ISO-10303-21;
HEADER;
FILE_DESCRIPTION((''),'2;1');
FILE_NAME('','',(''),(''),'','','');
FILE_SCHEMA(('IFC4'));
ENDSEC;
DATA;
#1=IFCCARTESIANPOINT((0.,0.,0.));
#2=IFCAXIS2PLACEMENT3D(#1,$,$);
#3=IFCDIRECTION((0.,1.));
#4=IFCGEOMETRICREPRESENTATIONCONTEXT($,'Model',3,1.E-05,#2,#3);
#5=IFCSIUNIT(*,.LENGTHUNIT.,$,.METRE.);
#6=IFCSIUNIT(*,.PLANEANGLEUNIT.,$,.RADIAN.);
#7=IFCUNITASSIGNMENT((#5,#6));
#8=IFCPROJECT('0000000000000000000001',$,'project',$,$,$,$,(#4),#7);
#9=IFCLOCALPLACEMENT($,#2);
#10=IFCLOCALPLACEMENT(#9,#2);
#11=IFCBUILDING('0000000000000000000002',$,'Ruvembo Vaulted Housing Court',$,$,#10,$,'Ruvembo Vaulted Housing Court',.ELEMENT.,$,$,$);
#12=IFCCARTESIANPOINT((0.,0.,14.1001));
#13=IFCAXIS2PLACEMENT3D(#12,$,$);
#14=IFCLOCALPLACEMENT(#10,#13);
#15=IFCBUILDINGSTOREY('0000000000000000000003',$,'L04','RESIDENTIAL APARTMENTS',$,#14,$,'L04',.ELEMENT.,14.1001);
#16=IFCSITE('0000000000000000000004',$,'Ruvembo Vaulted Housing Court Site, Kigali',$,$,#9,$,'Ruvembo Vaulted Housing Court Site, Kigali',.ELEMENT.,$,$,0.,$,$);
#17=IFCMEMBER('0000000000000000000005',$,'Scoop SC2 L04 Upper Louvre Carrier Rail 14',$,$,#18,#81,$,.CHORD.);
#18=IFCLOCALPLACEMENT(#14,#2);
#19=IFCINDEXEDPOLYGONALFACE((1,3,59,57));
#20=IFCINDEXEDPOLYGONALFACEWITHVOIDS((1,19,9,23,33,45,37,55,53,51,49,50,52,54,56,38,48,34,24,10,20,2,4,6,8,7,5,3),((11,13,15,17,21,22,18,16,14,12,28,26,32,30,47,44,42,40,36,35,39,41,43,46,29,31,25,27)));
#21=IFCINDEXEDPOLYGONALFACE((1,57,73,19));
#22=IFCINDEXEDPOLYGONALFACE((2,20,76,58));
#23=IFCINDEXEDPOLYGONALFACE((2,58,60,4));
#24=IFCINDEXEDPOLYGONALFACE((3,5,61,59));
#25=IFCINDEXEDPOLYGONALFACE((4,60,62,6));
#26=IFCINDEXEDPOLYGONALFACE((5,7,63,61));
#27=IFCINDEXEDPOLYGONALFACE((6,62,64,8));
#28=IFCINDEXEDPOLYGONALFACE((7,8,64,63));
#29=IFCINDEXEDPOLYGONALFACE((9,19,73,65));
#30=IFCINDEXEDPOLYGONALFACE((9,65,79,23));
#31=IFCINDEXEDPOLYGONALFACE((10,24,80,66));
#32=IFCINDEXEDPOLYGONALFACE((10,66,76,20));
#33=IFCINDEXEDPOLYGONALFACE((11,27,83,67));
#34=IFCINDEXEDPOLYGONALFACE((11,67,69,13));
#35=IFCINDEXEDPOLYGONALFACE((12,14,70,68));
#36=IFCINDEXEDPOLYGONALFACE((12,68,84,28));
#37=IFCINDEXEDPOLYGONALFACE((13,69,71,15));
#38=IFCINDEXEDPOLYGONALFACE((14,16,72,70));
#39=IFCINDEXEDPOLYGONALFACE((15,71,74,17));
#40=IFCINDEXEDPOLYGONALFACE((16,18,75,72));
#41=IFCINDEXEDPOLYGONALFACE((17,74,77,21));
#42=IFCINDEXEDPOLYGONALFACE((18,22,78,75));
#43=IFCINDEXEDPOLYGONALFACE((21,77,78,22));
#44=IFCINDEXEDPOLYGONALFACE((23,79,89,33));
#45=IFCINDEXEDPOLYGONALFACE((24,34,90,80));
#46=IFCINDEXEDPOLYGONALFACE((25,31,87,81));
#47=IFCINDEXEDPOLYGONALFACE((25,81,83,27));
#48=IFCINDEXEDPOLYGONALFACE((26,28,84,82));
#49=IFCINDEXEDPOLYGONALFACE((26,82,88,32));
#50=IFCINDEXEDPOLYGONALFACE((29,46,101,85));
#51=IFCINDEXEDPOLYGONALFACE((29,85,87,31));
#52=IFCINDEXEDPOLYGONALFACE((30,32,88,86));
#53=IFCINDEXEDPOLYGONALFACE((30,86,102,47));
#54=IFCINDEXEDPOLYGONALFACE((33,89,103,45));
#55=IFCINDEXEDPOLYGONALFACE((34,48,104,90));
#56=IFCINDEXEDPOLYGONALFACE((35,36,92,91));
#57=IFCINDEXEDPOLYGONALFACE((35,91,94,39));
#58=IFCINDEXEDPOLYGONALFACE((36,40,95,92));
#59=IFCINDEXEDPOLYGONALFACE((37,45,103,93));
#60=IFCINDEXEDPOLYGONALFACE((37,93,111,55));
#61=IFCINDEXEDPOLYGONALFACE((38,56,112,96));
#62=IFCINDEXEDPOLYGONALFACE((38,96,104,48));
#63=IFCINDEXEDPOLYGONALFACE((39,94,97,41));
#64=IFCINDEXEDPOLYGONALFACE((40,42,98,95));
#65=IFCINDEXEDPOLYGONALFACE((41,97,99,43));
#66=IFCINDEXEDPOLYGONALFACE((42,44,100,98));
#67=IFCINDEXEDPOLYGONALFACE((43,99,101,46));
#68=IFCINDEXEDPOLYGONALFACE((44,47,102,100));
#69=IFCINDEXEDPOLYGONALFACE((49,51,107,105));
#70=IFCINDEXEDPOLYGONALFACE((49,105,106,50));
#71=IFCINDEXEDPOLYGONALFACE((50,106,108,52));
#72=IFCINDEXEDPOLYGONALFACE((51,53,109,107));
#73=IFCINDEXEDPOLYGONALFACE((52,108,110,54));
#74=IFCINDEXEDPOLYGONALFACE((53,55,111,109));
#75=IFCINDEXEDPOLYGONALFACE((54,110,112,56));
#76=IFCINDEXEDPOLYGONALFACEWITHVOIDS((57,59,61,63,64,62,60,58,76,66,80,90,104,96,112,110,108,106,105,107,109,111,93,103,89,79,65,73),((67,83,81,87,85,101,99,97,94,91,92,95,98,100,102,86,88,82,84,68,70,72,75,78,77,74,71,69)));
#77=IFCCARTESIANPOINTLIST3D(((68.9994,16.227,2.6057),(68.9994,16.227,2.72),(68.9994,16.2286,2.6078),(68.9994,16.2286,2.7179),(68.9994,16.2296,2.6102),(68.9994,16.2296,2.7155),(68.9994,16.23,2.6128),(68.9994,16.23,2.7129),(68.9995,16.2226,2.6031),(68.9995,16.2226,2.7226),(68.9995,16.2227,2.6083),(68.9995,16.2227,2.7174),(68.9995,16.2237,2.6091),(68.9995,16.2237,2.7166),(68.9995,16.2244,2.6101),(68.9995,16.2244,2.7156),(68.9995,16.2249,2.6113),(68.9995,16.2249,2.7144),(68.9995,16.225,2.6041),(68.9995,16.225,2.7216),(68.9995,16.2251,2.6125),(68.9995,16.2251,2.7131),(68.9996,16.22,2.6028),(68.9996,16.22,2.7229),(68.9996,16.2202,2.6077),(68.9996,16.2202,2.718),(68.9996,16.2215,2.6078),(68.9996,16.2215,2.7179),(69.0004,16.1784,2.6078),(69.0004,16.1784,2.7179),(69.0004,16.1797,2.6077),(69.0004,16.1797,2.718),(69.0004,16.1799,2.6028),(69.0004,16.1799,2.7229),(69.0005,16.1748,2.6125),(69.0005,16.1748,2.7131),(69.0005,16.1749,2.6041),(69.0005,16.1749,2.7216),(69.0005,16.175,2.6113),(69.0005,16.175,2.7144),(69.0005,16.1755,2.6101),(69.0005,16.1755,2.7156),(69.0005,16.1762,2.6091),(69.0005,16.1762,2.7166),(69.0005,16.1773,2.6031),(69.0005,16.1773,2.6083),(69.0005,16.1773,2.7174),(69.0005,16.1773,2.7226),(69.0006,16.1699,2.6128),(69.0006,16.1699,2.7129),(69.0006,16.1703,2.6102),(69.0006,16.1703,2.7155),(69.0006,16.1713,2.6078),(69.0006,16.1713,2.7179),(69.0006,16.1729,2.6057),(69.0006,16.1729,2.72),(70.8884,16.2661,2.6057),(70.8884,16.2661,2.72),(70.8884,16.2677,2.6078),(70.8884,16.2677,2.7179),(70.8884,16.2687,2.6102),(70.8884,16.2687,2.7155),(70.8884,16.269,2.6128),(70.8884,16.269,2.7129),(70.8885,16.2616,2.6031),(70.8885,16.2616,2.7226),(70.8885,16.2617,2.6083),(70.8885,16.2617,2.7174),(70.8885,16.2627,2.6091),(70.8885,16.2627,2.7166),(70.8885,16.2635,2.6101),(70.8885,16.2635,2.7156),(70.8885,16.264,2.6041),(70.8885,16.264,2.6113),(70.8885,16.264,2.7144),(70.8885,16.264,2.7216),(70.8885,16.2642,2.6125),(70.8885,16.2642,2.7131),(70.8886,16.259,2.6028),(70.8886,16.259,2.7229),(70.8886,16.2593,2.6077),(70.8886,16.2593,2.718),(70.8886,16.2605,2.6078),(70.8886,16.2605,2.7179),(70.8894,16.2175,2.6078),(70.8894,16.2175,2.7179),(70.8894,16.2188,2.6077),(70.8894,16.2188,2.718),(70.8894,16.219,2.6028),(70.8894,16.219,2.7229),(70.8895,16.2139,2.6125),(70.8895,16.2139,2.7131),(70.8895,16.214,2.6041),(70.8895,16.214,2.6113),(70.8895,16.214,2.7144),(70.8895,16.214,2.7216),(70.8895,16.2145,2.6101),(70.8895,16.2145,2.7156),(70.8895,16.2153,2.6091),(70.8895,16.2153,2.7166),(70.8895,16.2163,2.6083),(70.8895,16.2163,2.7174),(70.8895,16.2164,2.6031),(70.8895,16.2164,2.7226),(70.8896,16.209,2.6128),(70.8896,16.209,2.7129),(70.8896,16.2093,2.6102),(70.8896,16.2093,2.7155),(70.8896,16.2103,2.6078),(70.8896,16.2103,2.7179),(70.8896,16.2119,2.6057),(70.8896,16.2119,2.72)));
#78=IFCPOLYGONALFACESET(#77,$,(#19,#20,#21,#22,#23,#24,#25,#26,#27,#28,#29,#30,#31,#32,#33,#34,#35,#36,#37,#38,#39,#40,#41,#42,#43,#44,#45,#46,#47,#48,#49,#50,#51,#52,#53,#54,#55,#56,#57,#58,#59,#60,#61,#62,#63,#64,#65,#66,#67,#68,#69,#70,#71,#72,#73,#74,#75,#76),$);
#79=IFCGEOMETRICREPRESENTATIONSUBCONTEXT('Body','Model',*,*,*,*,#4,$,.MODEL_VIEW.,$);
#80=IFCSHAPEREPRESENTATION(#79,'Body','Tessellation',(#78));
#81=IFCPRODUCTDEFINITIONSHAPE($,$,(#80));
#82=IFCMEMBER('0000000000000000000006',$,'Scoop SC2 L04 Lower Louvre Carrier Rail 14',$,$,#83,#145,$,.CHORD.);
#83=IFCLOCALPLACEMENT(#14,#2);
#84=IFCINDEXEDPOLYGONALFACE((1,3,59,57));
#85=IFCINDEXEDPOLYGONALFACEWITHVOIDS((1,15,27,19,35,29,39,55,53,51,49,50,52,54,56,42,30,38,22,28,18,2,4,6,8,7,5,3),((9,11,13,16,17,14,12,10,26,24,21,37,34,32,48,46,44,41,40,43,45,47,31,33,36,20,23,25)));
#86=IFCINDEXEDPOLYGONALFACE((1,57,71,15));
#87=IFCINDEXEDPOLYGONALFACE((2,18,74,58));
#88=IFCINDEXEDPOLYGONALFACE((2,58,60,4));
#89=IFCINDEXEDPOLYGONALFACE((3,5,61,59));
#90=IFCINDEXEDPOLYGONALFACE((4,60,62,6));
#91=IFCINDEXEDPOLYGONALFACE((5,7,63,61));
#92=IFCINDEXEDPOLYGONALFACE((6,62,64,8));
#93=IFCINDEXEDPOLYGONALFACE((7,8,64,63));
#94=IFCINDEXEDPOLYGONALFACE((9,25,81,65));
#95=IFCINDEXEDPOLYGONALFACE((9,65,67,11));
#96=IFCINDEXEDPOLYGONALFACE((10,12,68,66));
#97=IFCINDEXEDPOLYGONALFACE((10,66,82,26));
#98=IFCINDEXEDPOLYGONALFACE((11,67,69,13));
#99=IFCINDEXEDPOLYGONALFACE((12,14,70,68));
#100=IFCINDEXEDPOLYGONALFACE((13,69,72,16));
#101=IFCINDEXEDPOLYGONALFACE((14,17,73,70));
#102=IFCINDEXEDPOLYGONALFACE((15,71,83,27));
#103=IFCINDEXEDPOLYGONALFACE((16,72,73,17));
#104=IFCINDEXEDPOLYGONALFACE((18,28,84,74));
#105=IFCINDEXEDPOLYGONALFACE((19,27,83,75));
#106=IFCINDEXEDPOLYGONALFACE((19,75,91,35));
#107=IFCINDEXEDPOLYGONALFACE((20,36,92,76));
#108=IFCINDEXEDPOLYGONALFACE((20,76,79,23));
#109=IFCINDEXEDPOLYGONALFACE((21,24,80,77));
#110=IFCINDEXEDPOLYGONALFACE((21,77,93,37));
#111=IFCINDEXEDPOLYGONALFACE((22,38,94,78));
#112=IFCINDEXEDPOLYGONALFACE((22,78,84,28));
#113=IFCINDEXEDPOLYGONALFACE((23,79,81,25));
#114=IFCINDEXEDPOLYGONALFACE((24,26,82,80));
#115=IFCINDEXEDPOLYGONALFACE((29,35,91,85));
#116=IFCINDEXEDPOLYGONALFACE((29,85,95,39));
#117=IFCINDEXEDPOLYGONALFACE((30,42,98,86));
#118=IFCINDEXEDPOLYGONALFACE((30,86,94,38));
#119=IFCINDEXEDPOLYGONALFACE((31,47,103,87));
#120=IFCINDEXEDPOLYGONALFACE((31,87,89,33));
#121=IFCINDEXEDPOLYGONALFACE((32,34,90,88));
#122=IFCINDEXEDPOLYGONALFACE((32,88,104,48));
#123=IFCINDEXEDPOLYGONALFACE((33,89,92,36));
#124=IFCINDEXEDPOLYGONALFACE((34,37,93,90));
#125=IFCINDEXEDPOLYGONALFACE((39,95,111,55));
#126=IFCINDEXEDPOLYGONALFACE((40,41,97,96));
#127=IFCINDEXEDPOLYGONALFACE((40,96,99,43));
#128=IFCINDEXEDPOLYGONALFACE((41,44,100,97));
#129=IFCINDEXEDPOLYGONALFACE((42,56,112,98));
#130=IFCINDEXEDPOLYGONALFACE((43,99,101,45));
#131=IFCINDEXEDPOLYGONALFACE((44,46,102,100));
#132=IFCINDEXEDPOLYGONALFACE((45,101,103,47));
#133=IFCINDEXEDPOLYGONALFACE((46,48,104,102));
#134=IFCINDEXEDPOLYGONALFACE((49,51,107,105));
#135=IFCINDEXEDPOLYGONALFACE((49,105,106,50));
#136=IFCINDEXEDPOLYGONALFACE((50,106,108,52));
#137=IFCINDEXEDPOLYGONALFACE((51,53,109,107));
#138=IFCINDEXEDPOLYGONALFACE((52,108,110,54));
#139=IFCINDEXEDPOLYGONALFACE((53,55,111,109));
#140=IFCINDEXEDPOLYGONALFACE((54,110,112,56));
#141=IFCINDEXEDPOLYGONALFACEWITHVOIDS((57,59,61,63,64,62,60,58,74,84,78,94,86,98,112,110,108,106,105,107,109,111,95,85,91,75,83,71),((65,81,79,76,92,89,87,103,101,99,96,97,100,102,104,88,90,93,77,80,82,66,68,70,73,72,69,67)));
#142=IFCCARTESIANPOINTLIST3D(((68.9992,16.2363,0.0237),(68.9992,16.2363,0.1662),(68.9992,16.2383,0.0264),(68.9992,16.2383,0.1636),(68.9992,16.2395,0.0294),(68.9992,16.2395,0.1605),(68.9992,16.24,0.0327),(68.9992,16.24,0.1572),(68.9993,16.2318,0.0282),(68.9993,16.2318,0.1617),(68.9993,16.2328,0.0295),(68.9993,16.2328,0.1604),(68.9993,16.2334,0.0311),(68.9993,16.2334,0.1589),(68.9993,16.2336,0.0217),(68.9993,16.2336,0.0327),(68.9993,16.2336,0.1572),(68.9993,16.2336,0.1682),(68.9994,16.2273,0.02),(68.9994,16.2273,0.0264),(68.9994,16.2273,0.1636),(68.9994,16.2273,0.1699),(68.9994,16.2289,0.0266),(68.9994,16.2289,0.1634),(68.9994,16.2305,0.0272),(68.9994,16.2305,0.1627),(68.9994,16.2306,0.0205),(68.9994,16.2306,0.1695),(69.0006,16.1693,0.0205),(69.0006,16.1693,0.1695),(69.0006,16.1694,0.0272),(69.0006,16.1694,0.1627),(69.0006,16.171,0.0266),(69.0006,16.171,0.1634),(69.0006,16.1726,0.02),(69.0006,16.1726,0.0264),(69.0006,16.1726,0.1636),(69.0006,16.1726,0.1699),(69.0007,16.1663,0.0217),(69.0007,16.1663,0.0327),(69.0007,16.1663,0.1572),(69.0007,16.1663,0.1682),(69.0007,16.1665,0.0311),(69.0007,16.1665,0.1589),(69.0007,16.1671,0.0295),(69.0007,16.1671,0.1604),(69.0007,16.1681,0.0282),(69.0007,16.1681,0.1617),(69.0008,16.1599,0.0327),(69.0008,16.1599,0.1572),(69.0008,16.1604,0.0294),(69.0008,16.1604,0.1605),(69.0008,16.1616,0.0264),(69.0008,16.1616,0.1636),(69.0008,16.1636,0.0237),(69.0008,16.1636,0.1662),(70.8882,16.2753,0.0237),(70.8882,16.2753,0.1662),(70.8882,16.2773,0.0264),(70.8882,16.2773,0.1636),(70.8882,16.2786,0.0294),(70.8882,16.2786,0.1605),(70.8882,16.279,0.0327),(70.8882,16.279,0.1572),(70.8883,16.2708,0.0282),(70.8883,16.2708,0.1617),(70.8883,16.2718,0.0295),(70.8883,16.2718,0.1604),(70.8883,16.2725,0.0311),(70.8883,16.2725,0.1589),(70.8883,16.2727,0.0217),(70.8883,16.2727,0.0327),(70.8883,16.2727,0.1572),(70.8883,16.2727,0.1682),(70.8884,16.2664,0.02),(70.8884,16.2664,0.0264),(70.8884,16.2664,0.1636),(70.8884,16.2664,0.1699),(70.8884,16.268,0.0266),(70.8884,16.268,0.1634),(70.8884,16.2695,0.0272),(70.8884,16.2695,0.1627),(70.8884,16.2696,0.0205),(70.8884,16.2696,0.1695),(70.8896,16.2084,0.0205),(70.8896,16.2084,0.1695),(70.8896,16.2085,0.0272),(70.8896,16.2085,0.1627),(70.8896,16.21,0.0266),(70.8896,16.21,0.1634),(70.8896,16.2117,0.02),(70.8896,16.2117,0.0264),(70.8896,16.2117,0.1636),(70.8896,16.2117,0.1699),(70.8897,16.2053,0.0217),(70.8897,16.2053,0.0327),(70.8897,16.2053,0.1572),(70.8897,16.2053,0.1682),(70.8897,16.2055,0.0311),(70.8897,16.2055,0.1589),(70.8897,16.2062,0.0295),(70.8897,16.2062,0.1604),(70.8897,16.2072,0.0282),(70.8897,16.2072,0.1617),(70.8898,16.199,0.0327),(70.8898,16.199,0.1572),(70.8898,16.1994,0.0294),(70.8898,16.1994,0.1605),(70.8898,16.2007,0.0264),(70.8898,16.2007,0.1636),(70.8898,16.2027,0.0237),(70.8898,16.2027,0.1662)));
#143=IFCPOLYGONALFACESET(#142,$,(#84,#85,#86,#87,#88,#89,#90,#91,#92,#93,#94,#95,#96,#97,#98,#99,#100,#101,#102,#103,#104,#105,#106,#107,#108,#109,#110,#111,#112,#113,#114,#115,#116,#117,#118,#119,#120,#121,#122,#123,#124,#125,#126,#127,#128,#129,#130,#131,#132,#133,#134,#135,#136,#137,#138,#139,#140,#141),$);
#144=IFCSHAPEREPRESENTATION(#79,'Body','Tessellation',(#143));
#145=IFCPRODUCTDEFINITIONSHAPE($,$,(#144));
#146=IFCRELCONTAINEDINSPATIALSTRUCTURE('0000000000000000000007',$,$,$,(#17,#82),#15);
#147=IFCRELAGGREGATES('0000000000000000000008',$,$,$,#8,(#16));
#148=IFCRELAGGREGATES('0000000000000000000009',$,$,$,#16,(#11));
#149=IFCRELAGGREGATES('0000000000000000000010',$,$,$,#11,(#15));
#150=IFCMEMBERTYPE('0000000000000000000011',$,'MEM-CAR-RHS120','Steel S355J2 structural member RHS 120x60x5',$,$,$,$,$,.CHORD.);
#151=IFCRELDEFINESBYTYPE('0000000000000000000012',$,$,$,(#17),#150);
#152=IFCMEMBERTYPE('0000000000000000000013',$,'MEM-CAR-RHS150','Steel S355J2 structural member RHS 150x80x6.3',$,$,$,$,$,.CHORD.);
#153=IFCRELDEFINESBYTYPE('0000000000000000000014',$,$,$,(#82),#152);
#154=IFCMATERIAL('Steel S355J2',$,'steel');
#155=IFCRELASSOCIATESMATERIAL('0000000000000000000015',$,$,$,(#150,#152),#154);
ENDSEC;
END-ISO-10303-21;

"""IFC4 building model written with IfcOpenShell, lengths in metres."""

from ifc_helpers import new_model, si_unit, direction, frame, origin, origin_2d, place, context, subcontext, project, spatial, hollow_rectangle, extrude, material, material_profile, profile_set, type_object, element, save


model = new_model("IFC4")

# Units and contexts
model_context = context("Model", 3, precision=1e-05, world=origin(), true_north=direction((0.0, 1.0)))
body_context = subcontext(model_context, "Body", "Model", "MODEL_VIEW")
ifc_project = project(units=[si_unit("LENGTHUNIT", "METRE"), si_unit("PLANEANGLEUNIT", "RADIAN")], contexts=[model_context])

# Site, building, storey
site_placement = place(None, origin())
site = spatial("IfcSite", under=ifc_project, at=site_placement, Name="Ruvembo Vaulted Housing Court Site, Kigali", LongName="Ruvembo Vaulted Housing Court Site, Kigali", CompositionType="ELEMENT", RefElevation=0.0)
building_placement = place(site_placement, origin())
building = spatial("IfcBuilding", under=site, at=building_placement, Name="Ruvembo Vaulted Housing Court", LongName="Ruvembo Vaulted Housing Court", CompositionType="ELEMENT")
storey_placement = place(building_placement, frame((0.0, 0.0, 14.1001)))
storey = spatial("IfcBuildingStorey", under=building, at=storey_placement, Name="L04", Description="RESIDENTIAL APARTMENTS", LongName="L04", CompositionType="ELEMENT", Elevation=14.1001)

# Shared definitions
ifc_material_1 = material(Name="Steel S355J2", Category="steel")

# Members
ifc_material_profile_1 = material_profile(ifc_material_1, hollow_rectangle(XDim=0.0601, YDim=0.1201, WallThickness=0.0049, InnerFilletRadius=0.0049, OuterFilletRadius=0.01, at=origin_2d()), Name="RHS 120x60x5")
ifc_profile_set_1 = profile_set([ifc_material_profile_1], Name="Steel S355J2")
member_type_1 = type_object("IfcMemberType", Name="MEM-CAR-RHS120", Description="Steel S355J2 structural member RHS 120x60x5", PredefinedType="CHORD", material=ifc_profile_set_1)
member_1_placement = place(storey_placement, frame((69.0, 16.2, 2.6628), z_axis=(0.999786, 0.020675, 0.0), x_axis=(-0.020675, 0.999786, 0.0)))
element("IfcMember", 1, at=member_1_placement, inside=storey, type_object=member_type_1, Name="Scoop SC2 L04 Upper Louvre Carrier Rail 14", PredefinedType="CHORD", context=body_context, shape_type="SweptSolid", body=[
    extrude(hollow_rectangle(XDim=0.0601, YDim=0.1201, WallThickness=0.0049, InnerFilletRadius=0.0049, OuterFilletRadius=0.01, at=origin_2d()), origin(), (0.0, 0.0, 1.0), 1.8894),
])
ifc_material_profile_2 = material_profile(ifc_material_1, hollow_rectangle(XDim=0.0801, YDim=0.1499, WallThickness=0.0063, InnerFilletRadius=0.0063, OuterFilletRadius=0.0127, at=origin_2d()), Name="RHS 150x80x6.3")
ifc_profile_set_2 = profile_set([ifc_material_profile_2], Name="Steel S355J2")
member_type_2 = type_object("IfcMemberType", Name="MEM-CAR-RHS150", Description="Steel S355J2 structural member RHS 150x80x6.3", PredefinedType="CHORD", material=ifc_profile_set_2)
member_2_placement = place(storey_placement, frame((69.0, 16.2, 0.095), z_axis=(0.999786, 0.020675, 0.0), x_axis=(-0.020675, 0.999786, 0.0)))
element("IfcMember", 2, at=member_2_placement, inside=storey, type_object=member_type_2, Name="Scoop SC2 L04 Lower Louvre Carrier Rail 14", PredefinedType="CHORD", context=body_context, shape_type="SweptSolid", body=[
    extrude(hollow_rectangle(XDim=0.0801, YDim=0.1499, WallThickness=0.0063, InnerFilletRadius=0.0063, OuterFilletRadius=0.0127, at=origin_2d()), origin(), (0.0, 0.0, 1.0), 1.8894),
])

save(model, "model.ifc")
